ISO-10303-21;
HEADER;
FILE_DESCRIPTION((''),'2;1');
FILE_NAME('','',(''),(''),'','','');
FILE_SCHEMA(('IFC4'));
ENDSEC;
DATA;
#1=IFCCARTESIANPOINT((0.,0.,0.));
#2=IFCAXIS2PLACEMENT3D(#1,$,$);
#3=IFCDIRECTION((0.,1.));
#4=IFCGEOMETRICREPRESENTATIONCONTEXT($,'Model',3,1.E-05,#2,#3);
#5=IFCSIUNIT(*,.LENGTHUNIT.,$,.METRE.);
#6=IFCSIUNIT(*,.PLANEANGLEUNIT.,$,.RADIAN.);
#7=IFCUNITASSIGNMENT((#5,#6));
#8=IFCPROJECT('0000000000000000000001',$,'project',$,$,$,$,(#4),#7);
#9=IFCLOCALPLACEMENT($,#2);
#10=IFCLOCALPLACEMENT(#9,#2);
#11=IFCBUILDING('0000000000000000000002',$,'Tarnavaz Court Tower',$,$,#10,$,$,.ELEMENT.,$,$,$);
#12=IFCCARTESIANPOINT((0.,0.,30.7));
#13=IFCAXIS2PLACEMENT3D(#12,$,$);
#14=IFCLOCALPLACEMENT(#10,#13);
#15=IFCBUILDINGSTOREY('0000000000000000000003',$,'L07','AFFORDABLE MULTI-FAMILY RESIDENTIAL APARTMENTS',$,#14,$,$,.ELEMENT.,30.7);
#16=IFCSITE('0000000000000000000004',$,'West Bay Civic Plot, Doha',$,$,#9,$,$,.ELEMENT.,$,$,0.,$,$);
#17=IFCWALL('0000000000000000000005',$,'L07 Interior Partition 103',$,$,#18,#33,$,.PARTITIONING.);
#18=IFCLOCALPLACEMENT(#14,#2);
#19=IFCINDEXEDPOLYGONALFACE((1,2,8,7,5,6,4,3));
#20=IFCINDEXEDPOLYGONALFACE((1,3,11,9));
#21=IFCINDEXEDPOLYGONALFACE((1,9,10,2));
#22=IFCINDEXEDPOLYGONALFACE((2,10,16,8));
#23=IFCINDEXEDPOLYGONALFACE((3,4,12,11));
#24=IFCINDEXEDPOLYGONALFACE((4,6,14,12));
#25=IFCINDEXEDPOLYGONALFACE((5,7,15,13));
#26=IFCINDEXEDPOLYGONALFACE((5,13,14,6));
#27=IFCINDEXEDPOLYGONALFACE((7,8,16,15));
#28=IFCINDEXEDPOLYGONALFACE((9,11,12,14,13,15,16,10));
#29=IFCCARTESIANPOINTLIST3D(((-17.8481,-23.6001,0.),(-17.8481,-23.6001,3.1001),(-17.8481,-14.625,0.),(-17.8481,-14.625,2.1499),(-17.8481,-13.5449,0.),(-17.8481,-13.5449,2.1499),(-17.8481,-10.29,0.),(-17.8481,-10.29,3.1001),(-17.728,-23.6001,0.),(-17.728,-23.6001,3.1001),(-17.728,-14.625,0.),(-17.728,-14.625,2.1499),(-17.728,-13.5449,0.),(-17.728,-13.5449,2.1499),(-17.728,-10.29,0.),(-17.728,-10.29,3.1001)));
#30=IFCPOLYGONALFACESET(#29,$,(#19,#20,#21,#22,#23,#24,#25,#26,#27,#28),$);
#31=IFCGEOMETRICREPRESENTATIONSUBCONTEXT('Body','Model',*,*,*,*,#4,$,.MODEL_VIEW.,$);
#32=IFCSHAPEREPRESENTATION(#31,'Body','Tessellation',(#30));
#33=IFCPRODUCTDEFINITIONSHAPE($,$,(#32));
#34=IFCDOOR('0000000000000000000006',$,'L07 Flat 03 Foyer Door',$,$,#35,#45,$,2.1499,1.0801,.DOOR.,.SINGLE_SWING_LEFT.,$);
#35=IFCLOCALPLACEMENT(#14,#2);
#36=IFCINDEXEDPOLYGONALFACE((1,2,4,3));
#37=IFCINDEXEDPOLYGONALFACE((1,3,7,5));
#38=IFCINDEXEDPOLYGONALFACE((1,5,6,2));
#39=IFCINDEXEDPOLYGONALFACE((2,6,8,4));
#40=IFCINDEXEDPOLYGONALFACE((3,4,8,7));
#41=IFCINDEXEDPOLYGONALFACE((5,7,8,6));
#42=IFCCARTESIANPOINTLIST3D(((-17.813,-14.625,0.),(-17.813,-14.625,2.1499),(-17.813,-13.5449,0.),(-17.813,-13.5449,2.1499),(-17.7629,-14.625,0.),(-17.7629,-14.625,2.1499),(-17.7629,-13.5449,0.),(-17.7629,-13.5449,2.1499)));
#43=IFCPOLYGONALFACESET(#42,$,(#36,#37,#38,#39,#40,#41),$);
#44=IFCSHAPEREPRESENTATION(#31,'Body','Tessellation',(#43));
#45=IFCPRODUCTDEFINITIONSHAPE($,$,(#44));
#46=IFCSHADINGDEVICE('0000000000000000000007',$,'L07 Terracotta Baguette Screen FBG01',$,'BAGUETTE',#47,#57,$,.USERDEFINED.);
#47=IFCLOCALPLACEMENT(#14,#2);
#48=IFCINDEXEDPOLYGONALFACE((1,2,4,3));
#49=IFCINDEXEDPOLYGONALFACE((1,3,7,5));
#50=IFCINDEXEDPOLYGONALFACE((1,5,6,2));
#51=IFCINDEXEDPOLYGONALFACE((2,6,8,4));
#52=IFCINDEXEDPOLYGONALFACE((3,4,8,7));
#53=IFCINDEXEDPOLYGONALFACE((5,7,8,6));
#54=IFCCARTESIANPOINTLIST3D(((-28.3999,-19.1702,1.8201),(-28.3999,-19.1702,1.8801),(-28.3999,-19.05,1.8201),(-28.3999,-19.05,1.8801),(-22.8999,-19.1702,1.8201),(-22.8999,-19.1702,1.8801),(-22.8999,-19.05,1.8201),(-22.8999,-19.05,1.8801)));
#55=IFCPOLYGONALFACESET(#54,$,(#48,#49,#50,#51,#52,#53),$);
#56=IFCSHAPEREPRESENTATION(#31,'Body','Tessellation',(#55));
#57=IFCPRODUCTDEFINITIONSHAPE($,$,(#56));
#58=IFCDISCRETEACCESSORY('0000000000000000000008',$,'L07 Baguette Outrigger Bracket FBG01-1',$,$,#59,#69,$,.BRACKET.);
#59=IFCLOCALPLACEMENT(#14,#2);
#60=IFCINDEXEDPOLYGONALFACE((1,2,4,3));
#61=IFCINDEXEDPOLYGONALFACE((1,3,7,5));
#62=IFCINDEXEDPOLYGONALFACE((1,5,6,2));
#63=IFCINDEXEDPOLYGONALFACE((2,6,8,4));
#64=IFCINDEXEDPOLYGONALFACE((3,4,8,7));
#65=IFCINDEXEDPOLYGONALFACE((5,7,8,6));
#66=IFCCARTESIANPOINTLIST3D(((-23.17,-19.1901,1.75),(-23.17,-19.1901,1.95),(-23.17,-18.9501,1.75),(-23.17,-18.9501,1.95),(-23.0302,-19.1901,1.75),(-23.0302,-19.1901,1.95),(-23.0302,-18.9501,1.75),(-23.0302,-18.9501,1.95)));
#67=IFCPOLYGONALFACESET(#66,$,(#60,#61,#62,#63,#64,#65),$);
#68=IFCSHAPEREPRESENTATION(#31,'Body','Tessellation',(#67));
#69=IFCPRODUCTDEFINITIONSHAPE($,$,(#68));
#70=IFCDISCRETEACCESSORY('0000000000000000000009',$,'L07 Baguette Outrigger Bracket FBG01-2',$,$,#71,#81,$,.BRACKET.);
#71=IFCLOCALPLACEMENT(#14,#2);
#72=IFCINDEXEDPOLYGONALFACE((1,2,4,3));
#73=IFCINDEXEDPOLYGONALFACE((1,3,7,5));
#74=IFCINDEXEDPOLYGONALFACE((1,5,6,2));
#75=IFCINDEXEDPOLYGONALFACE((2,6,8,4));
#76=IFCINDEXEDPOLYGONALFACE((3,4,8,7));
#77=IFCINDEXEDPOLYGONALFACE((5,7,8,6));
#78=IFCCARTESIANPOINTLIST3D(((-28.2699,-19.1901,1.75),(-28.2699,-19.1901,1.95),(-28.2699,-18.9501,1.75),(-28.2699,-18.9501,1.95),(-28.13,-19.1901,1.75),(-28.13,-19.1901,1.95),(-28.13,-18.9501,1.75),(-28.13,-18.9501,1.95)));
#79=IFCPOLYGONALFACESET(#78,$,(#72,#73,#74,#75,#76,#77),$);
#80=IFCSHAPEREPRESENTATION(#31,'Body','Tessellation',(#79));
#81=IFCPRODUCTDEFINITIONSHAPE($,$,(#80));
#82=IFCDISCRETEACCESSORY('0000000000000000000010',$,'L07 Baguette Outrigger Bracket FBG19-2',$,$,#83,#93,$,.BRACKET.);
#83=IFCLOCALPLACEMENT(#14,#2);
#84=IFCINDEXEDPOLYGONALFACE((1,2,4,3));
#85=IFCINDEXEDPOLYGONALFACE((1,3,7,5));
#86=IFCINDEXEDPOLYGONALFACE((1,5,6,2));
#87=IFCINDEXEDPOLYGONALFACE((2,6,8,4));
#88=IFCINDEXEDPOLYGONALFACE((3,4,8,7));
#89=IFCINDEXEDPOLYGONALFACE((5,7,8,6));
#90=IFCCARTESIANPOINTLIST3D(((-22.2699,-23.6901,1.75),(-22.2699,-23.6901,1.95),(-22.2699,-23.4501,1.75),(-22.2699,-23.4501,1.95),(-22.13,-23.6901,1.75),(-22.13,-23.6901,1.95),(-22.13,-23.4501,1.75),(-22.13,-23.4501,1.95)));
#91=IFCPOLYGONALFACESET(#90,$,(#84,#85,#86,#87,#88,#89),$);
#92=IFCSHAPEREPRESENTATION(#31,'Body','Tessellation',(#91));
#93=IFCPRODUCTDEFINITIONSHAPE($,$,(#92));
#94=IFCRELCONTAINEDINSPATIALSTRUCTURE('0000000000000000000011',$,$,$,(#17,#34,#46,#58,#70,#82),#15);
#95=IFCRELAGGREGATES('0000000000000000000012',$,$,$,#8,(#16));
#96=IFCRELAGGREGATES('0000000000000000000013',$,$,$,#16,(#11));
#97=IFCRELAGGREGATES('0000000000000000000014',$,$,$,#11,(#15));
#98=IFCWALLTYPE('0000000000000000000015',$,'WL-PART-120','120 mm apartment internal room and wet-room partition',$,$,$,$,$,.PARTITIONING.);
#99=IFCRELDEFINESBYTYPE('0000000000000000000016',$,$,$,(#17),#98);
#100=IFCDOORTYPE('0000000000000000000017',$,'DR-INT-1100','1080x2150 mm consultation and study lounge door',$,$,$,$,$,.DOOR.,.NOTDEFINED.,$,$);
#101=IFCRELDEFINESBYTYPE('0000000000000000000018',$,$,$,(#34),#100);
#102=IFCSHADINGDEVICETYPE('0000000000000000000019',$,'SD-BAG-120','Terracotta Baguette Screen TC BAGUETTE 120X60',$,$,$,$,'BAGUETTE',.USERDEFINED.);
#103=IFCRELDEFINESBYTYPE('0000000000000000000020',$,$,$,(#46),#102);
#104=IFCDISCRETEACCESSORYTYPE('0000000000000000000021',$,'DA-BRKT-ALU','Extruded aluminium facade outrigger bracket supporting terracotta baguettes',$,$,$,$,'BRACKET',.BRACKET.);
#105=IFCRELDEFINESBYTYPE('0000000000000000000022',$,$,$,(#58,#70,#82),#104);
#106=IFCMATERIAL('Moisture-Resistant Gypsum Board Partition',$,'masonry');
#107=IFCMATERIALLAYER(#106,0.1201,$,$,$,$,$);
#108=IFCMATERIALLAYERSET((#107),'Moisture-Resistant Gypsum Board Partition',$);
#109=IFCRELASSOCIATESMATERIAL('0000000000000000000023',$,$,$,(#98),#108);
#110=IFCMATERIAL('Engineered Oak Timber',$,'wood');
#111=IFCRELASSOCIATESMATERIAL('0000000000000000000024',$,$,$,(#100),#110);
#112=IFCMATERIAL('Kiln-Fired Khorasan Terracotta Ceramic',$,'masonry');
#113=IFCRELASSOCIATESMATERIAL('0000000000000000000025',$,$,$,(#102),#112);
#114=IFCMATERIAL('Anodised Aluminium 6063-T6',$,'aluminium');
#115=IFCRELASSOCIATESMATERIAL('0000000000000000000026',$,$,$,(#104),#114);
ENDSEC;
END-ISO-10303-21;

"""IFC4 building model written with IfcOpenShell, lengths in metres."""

from ifc_helpers import new_model, si_unit, direction, frame, frame_2d, origin, origin_2d, place, context, subcontext, project, spatial, rectangle, extrude, material, layer, layer_set, material_profile, profile_set, type_object, element, fill, save


model = new_model("IFC4")

# Units and contexts
model_context = context("Model", 3, precision=1e-05, world=origin(), true_north=direction((0.0, 1.0)))
body_context = subcontext(model_context, "Body", "Model", "MODEL_VIEW")
ifc_project = project(units=[si_unit("LENGTHUNIT", "METRE"), si_unit("PLANEANGLEUNIT", "RADIAN")], contexts=[model_context])

# Site, building, storey
site_placement = place(None, origin())
site = spatial("IfcSite", under=ifc_project, at=site_placement, Name="West Bay Civic Plot, Doha", CompositionType="ELEMENT", RefElevation=0.0)
building_placement = place(site_placement, origin())
building = spatial("IfcBuilding", under=site, at=building_placement, Name="Tarnavaz Court Tower", CompositionType="ELEMENT")
storey_placement = place(building_placement, frame((0.0, 0.0, 30.7)))
storey = spatial("IfcBuildingStorey", under=building, at=storey_placement, Name="L07", Description="AFFORDABLE MULTI-FAMILY RESIDENTIAL APARTMENTS", CompositionType="ELEMENT", Elevation=30.7)

# Wall, opening, door
ifc_material_1 = material(Name="Moisture-Resistant Gypsum Board Partition", Category="masonry")
ifc_layer_1 = layer(ifc_material_1, 0.1201)
ifc_layer_set_1 = layer_set([ifc_layer_1], Name="Moisture-Resistant Gypsum Board Partition")
wall_type_1 = type_object("IfcWallType", Name="WL-PART-120", Description="120 mm apartment internal room and wet-room partition", PredefinedType="PARTITIONING", material=ifc_layer_set_1)
wall_1_placement = place(storey_placement, frame((-17.7881, -23.6001, 0.0), z_axis=(0.0, 0.0, 1.0), x_axis=(0.0, 1.0, 0.0)))
wall_1 = element("IfcWall", 1, at=wall_1_placement, inside=storey, type_object=wall_type_1, Name="L07 Interior Partition 103", PredefinedType="PARTITIONING", context=body_context, shape_type="SweptSolid", body=[
    extrude(rectangle(XDim=13.3101, YDim=0.1201, at=frame_2d((6.655, 0.0))), origin(), (0.0, 0.0, 1.0), 3.1001),
])
opening_1_placement = place(wall_1_placement, frame((8.9751, 0.0, 0.0)))
opening_1 = element("IfcOpeningElement", 2, at=opening_1_placement, cuts=wall_1, PredefinedType="OPENING", context=body_context, shape_type="SweptSolid", body=[
    extrude(rectangle(XDim=1.0801, YDim=2.1499, at=frame_2d((0.54, 1.075))), frame((0.0, 0.0701, 0.0), z_axis=(0.0, -1.0, 0.0), x_axis=(1.0, 0.0, 0.0)), (0.0, 0.0, 1.0), 0.1401),
])
ifc_material_2 = material(Name="Engineered Oak Timber", Category="wood")
door_type = type_object("IfcDoorType", Name="DR-INT-1100", Description="1080x2150 mm consultation and study lounge door", OperationType="NOTDEFINED", PredefinedType="DOOR", material=ifc_material_2)
door_placement = place(opening_1_placement, origin())
door = element("IfcDoor", 3, at=door_placement, inside=storey, type_object=door_type, Name="L07 Flat 03 Foyer Door", OperationType="SINGLE_SWING_LEFT", OverallHeight=2.1499, OverallWidth=1.0801, PredefinedType="DOOR", context=body_context, shape_type="SweptSolid", body=[
    extrude(rectangle(XDim=1.0801, YDim=2.1499, at=frame_2d((0.54, 1.075))), frame((0.0, 0.0249, 0.0), z_axis=(0.0, -1.0, 0.0), x_axis=(1.0, 0.0, 0.0)), (0.0, 0.0, 1.0), 0.05),
])
fill(opening_1, door)

# Shading device
ifc_material_3 = material(Name="Kiln-Fired Khorasan Terracotta Ceramic", Category="masonry")
ifc_material_profile_1 = material_profile(ifc_material_3, rectangle(XDim=0.1201, YDim=0.0601, at=origin_2d()), Name="TC BAGUETTE 120X60")
ifc_profile_set_1 = profile_set([ifc_material_profile_1], Name="Kiln-Fired Khorasan Terracotta Ceramic")
shading_device_type = type_object("IfcShadingDeviceType", Name="SD-BAG-120", Description="Terracotta Baguette Screen TC BAGUETTE 120X60", ElementType="BAGUETTE", PredefinedType="USERDEFINED", material=ifc_profile_set_1)
shading_device_placement = place(storey_placement, frame((-22.8999, -19.1101, 1.8501), z_axis=(-1.0, 0.0, 0.0), x_axis=(0.0, -1.0, 0.0)))
element("IfcShadingDevice", 4, at=shading_device_placement, inside=storey, type_object=shading_device_type, Name="L07 Terracotta Baguette Screen FBG01", ObjectType="BAGUETTE", PredefinedType="USERDEFINED", context=body_context, shape_type="SweptSolid", body=[
    extrude(rectangle(XDim=0.1201, YDim=0.0601, at=origin_2d()), origin(), (0.0, 0.0, 1.0), 5.5),
])

# Discrete accessories
ifc_material_4 = material(Name="Anodised Aluminium 6063-T6", Category="aluminium")
discrete_accessory_type = type_object("IfcDiscreteAccessoryType", Name="DA-BRKT-ALU", Description="Extruded aluminium facade outrigger bracket supporting terracotta baguettes", ElementType="BRACKET", PredefinedType="BRACKET", material=ifc_material_4)
for number, where, z_axis, x_axis, name in (
    (5, (-23.1001, -19.0701, 1.75), (0.0, 0.0, 1.0), (-1.0, 0.0, 0.0), "L07 Baguette Outrigger Bracket FBG01-1"),
    (6, (-28.2, -19.0701, 1.75), (0.0, 0.0, 1.0), (-1.0, 0.0, 0.0), "L07 Baguette Outrigger Bracket FBG01-2"),
    (7, (-22.2, -23.5701, 1.75), (0.0, 0.0, 1.0), (-1.0, 0.0, 0.0), "L07 Baguette Outrigger Bracket FBG19-2"),
):
    element("IfcDiscreteAccessory", number, at=place(storey_placement, frame(where, z_axis=z_axis, x_axis=x_axis)), inside=storey, type_object=discrete_accessory_type, Name=name, PredefinedType="BRACKET", context=body_context, shape_type="SweptSolid", body=[
        extrude(rectangle(XDim=0.1399, YDim=0.24, at=origin_2d()), origin(), (0.0, 0.0, 1.0), 0.2),
    ])

save(model, "model.ifc")
